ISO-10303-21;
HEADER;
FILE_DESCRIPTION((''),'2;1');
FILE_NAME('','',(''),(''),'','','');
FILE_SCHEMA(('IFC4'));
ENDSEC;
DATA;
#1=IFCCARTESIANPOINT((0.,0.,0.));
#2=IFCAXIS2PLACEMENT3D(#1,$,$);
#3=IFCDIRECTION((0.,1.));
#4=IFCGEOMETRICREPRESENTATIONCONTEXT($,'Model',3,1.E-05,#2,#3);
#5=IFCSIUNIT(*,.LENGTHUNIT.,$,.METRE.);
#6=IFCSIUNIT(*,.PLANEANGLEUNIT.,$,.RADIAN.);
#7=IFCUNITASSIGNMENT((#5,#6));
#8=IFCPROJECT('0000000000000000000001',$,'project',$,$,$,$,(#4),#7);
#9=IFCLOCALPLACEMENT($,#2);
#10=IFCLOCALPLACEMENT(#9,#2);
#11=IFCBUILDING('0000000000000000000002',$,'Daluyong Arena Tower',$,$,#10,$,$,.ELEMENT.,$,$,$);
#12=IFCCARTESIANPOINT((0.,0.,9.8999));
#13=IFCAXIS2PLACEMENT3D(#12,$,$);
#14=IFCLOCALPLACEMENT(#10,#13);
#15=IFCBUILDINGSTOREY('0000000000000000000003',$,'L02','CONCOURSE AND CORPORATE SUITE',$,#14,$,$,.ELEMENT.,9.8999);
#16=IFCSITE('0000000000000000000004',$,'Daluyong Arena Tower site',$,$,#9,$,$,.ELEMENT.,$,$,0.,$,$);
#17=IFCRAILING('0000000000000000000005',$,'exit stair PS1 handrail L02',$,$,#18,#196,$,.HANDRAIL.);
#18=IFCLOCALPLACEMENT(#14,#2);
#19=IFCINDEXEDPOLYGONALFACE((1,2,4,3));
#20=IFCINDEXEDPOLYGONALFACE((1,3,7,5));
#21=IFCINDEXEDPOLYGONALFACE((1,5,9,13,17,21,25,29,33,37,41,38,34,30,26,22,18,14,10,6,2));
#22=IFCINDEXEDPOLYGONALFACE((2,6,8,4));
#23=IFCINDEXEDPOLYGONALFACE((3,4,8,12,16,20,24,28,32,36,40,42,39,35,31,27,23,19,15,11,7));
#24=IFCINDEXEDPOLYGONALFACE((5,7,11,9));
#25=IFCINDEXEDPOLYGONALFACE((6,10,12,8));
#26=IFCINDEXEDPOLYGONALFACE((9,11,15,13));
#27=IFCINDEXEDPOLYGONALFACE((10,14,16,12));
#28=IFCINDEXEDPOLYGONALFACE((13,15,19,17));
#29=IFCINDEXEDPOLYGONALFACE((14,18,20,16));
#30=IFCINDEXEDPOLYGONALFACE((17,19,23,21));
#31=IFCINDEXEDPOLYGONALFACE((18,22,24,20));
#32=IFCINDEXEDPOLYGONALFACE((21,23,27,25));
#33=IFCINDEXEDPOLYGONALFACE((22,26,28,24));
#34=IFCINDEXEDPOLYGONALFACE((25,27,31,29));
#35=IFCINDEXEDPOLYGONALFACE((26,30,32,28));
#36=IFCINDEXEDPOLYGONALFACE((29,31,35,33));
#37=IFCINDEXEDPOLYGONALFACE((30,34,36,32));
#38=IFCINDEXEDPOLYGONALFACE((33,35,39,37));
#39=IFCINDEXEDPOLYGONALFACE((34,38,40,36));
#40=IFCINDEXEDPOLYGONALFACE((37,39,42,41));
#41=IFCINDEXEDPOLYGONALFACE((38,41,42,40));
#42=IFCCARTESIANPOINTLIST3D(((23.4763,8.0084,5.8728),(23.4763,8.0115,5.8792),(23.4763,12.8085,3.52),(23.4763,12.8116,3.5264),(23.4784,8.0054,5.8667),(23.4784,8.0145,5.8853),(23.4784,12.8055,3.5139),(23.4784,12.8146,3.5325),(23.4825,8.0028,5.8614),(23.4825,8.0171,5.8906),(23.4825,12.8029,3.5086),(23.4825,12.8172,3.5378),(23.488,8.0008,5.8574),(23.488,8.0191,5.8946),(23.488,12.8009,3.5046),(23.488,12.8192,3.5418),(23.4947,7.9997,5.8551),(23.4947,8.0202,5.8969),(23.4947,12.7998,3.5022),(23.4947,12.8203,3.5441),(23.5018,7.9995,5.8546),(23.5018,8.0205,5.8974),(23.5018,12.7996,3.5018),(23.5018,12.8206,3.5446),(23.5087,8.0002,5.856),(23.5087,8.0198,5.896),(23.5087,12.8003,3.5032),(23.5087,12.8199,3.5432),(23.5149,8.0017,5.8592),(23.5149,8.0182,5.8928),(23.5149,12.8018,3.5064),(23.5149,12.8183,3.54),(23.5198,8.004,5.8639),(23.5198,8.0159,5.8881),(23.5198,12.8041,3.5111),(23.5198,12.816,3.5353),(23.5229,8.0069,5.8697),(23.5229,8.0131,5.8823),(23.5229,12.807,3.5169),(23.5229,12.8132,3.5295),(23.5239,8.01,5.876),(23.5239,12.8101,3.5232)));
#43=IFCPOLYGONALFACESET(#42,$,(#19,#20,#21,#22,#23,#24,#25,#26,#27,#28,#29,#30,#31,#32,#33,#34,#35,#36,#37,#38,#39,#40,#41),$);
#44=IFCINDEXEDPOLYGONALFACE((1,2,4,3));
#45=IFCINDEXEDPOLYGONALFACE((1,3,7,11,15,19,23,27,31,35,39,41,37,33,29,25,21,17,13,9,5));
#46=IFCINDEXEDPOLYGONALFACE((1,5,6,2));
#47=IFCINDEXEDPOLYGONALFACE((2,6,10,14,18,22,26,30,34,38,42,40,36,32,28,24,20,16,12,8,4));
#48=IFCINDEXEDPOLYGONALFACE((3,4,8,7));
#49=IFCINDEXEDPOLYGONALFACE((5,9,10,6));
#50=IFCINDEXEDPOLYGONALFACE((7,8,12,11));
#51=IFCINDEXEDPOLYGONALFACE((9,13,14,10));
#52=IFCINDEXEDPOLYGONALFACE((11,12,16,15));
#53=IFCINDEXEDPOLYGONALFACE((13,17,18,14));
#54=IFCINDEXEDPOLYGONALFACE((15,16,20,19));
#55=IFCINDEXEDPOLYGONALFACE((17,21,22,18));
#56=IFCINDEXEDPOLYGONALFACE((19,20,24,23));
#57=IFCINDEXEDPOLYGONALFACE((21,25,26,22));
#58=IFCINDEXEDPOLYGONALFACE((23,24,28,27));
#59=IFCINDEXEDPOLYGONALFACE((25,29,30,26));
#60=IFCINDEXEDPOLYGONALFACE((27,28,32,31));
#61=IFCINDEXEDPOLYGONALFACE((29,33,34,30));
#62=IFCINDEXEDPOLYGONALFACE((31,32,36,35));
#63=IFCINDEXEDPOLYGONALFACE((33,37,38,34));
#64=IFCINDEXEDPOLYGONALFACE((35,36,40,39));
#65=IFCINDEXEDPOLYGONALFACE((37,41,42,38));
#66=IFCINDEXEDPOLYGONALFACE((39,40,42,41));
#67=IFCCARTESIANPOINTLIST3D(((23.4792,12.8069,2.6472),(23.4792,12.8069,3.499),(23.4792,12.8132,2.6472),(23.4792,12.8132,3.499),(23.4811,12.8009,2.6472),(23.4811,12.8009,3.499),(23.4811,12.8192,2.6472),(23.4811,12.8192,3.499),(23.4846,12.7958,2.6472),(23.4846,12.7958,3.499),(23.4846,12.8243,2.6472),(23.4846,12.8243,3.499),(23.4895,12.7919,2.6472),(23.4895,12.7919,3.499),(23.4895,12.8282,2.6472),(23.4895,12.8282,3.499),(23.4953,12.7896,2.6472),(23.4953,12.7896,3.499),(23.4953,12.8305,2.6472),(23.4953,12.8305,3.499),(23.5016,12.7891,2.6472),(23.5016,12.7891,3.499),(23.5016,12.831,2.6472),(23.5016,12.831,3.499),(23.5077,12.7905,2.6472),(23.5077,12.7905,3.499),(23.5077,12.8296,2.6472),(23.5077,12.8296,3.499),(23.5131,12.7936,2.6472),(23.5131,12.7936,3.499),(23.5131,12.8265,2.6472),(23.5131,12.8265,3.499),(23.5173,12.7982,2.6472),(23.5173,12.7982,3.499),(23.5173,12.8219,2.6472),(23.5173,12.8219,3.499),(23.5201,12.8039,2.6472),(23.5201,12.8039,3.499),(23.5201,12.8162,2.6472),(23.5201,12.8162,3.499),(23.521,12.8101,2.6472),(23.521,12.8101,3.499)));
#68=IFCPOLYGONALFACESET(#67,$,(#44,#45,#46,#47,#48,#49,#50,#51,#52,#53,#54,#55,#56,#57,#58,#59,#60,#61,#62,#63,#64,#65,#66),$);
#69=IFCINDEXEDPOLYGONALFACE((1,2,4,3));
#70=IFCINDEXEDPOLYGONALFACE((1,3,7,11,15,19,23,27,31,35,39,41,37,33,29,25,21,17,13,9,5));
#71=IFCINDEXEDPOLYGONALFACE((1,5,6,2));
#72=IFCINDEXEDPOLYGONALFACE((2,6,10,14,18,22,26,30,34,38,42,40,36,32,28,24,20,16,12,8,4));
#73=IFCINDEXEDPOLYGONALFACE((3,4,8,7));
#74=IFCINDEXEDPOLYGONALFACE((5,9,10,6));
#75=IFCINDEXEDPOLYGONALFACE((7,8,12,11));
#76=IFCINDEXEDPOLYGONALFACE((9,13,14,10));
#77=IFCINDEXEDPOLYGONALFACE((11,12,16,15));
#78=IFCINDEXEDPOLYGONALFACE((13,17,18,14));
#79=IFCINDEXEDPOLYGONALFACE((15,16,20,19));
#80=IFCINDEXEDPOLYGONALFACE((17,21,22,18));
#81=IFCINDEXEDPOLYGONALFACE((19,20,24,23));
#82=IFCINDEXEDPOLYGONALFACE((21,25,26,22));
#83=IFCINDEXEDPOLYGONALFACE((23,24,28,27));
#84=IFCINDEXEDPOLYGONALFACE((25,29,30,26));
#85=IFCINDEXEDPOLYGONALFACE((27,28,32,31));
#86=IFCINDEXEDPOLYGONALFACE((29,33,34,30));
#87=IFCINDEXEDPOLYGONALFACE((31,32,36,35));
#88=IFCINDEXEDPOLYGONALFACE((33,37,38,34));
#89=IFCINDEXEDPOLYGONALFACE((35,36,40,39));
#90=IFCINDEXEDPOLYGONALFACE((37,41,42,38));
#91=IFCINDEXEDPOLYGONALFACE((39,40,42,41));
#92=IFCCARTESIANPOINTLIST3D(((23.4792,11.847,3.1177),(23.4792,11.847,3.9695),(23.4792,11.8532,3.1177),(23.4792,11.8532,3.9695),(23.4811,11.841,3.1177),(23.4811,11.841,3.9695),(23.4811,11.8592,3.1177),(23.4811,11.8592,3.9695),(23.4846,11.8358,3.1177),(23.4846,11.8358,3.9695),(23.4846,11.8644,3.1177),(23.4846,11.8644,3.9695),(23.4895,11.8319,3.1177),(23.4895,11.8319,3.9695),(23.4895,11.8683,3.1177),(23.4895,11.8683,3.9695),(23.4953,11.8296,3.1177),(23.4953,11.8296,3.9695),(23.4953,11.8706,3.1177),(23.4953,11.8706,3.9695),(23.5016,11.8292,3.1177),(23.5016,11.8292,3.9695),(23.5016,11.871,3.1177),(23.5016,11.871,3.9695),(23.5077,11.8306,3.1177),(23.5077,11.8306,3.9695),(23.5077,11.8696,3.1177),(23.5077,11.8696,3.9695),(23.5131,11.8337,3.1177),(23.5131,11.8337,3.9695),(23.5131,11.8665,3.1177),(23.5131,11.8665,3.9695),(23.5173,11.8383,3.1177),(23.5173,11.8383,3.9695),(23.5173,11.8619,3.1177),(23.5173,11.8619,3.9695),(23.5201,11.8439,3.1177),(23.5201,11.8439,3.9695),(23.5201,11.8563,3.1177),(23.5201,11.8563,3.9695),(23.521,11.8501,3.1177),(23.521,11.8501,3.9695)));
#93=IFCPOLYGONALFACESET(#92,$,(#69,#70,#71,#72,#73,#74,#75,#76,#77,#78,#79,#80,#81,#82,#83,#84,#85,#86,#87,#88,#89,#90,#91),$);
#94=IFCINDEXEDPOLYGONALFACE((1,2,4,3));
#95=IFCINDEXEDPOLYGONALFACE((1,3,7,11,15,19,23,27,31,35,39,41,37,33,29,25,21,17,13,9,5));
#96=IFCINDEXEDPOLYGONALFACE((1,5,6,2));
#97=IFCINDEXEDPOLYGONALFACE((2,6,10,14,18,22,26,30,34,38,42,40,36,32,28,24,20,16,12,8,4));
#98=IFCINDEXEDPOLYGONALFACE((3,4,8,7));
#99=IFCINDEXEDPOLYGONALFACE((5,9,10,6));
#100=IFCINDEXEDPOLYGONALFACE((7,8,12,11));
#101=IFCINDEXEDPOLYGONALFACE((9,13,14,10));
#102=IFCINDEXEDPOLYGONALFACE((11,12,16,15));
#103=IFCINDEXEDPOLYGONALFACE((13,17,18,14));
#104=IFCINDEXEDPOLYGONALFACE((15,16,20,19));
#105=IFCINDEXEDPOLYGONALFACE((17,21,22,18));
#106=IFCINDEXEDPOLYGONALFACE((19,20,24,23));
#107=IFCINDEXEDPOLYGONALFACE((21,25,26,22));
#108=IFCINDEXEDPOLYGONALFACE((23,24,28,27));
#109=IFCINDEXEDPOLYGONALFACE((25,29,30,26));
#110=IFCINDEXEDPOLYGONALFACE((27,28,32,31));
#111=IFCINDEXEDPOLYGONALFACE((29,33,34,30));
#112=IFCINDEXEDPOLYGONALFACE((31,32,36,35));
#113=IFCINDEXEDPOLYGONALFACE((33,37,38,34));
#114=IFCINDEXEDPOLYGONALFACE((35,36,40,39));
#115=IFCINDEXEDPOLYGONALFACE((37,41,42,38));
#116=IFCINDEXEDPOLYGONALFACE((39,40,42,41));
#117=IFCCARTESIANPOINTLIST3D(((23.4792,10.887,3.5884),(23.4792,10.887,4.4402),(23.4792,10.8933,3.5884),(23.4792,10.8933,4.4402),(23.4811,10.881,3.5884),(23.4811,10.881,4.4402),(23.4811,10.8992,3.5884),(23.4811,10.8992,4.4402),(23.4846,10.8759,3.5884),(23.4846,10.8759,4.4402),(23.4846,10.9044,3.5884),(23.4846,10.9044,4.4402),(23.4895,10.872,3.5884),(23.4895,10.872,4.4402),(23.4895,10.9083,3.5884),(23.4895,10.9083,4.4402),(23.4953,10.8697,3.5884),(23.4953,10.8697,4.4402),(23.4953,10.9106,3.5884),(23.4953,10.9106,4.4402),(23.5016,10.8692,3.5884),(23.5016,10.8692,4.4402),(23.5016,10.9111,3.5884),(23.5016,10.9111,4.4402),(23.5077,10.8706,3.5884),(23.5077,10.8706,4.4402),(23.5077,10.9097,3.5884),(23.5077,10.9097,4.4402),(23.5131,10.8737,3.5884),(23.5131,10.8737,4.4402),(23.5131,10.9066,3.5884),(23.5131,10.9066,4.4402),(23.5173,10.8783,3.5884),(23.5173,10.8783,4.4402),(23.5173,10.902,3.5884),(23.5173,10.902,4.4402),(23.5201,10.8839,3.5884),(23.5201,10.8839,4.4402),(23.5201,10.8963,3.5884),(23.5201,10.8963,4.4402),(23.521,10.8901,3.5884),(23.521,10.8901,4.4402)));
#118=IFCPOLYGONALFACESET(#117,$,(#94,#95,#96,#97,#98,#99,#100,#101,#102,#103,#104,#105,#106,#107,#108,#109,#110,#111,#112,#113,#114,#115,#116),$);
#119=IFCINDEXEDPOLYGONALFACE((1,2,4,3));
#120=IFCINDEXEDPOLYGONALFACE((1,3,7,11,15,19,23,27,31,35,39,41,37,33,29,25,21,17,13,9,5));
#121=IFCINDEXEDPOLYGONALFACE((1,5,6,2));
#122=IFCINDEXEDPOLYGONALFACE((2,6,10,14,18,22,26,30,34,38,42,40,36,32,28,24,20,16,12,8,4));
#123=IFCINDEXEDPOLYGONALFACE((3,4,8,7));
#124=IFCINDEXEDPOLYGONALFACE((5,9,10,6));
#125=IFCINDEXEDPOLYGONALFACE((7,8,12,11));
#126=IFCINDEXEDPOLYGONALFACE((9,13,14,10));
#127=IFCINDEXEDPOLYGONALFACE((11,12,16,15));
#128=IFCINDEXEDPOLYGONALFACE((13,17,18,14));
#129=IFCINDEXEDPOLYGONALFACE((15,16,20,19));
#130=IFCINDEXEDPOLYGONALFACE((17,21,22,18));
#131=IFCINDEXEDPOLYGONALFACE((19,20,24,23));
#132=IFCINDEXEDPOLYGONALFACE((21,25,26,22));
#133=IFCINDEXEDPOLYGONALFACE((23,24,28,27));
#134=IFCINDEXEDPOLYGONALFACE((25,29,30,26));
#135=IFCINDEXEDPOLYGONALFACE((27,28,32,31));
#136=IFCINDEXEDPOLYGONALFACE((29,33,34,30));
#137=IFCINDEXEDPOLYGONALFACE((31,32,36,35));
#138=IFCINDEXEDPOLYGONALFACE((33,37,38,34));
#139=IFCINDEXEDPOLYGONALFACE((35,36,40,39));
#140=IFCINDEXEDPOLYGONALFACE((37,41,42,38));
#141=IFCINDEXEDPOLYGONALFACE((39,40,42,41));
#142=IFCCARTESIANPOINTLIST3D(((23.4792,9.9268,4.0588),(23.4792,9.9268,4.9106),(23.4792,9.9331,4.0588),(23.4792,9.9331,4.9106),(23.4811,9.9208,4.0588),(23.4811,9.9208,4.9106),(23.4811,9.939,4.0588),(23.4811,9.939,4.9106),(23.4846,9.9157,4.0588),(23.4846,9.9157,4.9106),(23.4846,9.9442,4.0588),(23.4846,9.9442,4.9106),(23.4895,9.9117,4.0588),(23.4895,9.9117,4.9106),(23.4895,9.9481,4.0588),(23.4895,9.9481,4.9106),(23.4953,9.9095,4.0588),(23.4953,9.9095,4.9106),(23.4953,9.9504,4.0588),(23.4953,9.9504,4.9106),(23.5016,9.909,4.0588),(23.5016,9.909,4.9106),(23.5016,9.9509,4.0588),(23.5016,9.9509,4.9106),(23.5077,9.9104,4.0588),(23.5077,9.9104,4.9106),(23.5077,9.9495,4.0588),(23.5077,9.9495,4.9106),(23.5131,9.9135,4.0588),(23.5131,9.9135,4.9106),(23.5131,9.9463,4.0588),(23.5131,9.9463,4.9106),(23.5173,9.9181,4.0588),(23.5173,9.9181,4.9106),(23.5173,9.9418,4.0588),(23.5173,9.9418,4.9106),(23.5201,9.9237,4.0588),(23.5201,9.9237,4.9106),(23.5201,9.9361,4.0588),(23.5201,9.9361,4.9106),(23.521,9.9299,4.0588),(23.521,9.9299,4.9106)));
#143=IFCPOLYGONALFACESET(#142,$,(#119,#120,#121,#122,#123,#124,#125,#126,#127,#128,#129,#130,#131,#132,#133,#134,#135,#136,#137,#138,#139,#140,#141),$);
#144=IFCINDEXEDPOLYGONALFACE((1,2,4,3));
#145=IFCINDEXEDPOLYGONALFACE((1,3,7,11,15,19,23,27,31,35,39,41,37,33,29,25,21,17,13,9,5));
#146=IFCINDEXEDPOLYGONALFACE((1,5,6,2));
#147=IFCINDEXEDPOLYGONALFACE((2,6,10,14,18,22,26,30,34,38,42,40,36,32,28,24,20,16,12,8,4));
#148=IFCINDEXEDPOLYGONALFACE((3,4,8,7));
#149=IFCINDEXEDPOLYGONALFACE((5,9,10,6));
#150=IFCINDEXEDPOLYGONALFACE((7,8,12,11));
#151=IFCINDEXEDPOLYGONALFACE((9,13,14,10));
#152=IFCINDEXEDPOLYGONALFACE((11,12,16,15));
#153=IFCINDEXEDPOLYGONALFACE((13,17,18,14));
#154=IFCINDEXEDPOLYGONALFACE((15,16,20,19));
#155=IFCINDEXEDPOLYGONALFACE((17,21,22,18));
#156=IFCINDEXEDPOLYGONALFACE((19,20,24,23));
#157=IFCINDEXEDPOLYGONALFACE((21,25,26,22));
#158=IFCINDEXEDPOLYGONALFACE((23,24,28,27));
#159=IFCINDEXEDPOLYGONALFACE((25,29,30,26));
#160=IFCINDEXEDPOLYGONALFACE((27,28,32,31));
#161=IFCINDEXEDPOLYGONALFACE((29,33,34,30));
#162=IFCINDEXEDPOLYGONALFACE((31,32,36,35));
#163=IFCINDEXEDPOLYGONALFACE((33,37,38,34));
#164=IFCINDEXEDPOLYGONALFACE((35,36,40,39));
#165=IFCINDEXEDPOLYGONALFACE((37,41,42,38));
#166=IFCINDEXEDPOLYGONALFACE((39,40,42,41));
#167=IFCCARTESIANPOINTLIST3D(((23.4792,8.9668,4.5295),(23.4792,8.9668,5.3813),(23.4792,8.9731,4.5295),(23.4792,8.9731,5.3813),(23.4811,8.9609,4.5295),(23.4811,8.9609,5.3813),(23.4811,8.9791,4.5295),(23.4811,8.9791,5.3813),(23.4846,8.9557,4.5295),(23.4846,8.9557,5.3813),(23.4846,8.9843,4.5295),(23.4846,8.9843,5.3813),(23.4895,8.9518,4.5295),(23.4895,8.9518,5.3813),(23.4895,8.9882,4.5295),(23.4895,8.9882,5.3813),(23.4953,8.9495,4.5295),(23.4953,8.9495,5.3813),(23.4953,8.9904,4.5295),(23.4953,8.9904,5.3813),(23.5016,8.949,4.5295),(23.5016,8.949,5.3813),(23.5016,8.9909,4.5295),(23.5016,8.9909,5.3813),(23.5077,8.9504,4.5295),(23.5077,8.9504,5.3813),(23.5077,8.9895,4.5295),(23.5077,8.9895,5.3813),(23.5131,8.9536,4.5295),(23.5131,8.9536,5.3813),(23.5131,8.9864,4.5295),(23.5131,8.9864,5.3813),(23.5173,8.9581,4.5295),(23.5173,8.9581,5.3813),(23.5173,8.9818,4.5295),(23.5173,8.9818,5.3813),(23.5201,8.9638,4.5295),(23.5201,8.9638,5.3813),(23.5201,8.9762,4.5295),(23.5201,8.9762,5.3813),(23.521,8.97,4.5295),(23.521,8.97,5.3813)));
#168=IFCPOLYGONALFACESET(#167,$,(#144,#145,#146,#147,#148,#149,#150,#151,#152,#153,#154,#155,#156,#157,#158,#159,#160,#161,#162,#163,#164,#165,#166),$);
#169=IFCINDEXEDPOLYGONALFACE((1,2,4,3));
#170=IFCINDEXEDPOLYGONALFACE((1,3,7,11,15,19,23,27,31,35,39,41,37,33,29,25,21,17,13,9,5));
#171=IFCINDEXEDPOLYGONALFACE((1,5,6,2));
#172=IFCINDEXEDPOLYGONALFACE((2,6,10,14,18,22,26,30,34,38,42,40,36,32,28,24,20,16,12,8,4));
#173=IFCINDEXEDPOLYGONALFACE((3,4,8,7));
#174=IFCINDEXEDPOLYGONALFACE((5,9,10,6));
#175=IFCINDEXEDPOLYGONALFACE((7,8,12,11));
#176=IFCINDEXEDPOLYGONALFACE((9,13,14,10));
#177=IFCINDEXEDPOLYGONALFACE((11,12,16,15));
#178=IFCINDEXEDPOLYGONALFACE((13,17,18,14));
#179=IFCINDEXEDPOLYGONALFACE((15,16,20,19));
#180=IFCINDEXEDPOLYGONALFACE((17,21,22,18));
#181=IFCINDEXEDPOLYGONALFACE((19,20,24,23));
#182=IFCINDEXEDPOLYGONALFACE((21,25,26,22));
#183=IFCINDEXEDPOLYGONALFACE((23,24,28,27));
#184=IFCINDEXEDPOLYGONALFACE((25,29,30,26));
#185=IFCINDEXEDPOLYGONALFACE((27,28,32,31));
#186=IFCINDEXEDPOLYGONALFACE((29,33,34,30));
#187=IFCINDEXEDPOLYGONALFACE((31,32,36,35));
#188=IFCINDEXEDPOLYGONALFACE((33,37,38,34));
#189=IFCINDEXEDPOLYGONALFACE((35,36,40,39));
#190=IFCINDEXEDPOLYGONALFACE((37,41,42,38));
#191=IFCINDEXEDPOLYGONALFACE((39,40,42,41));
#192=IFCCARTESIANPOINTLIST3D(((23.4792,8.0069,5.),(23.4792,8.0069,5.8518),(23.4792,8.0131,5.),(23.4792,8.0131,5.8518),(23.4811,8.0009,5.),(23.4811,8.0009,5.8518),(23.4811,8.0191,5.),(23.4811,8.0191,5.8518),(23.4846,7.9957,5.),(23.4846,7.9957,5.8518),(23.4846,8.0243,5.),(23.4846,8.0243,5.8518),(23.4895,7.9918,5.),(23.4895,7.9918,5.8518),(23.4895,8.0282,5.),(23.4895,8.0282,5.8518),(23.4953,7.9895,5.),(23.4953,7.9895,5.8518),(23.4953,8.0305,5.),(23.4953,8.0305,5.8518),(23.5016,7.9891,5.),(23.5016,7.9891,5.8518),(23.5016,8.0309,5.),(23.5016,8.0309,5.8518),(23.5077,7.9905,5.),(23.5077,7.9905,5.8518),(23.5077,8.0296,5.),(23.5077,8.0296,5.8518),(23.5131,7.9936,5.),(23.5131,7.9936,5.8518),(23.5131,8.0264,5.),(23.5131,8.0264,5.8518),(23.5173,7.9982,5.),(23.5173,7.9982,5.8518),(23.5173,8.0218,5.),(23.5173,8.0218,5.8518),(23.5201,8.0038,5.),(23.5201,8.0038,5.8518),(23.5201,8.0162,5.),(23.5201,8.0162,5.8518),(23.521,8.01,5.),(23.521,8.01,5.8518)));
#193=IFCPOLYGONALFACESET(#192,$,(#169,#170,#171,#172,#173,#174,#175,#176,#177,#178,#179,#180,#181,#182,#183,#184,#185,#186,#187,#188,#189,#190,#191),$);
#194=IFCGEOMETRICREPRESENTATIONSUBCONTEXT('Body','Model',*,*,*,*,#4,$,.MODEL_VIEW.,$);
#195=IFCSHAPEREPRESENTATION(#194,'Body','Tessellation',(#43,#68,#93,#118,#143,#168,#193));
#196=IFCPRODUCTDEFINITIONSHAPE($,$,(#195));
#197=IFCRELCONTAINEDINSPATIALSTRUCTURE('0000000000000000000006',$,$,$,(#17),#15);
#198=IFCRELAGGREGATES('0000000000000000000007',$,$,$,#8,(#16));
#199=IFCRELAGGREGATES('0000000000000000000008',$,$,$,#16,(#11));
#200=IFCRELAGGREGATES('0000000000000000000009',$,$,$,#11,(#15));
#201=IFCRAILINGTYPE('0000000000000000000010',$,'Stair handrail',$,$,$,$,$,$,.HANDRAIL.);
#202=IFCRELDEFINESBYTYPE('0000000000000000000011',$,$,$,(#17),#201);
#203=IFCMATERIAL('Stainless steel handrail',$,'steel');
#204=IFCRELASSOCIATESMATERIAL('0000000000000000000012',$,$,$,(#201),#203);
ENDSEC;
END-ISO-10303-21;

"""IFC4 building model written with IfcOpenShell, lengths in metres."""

from ifc_helpers import new_model, si_unit, direction, frame, origin, origin_2d, place, context, subcontext, project, spatial, circle, extrude, material, type_object, element, save


model = new_model("IFC4")

# Units and contexts
model_context = context("Model", 3, precision=1e-05, world=origin(), true_north=direction((0.0, 1.0)))
body_context = subcontext(model_context, "Body", "Model", "MODEL_VIEW")
ifc_project = project(units=[si_unit("LENGTHUNIT", "METRE"), si_unit("PLANEANGLEUNIT", "RADIAN")], contexts=[model_context])

# Site, building, storey
site_placement = place(None, origin())
site = spatial("IfcSite", under=ifc_project, at=site_placement, Name="Daluyong Arena Tower site", CompositionType="ELEMENT", RefElevation=0.0)
building_placement = place(site_placement, origin())
building = spatial("IfcBuilding", under=site, at=building_placement, Name="Daluyong Arena Tower", CompositionType="ELEMENT")
storey_placement = place(building_placement, frame((0.0, 0.0, 9.8999)))
storey = spatial("IfcBuildingStorey", under=building, at=storey_placement, Name="L02", Description="CONCOURSE AND CORPORATE SUITE", CompositionType="ELEMENT", Elevation=9.8999)

# Railing
ifc_material_1 = material(Name="Stainless steel handrail", Category="steel")
railing_type_1 = type_object("IfcRailingType", Name="Stair handrail", PredefinedType="HANDRAIL", material=ifc_material_1)
railing_1_placement = place(storey_placement, frame((23.5, 12.8101, 2.6472)))
element("IfcRailing", 1, at=railing_1_placement, inside=storey, type_object=railing_type_1, Name="exit stair PS1 handrail L02", PredefinedType="HANDRAIL", context=body_context, shape_type="SweptSolid", body=[
    extrude(circle(Radius=0.0239, at=origin_2d()), frame((0.0, 0.0, 0.876), z_axis=(0.0, -0.897934, 0.44013), x_axis=(1.0, 0.0, 0.0)), (0.0, 0.0, 1.0), 5.3457),
    extrude(circle(Radius=0.021, at=origin_2d()), origin(), (0.0, 0.0, 1.0), 0.8518),
    extrude(circle(Radius=0.021, at=origin_2d()), frame((0.0, -0.96, 0.4705)), (0.0, 0.0, 1.0), 0.8518),
    extrude(circle(Radius=0.021, at=origin_2d()), frame((0.0, -1.9199, 0.9412)), (0.0, 0.0, 1.0), 0.8518),
    extrude(circle(Radius=0.021, at=origin_2d()), frame((0.0, -2.8801, 1.4116)), (0.0, 0.0, 1.0), 0.8518),
    extrude(circle(Radius=0.021, at=origin_2d()), frame((0.0, -3.8401, 1.8823)), (0.0, 0.0, 1.0), 0.8518),
    extrude(circle(Radius=0.021, at=origin_2d()), frame((0.0, -4.8, 2.3528)), (0.0, 0.0, 1.0), 0.8518),
])

save(model, "model.ifc")
